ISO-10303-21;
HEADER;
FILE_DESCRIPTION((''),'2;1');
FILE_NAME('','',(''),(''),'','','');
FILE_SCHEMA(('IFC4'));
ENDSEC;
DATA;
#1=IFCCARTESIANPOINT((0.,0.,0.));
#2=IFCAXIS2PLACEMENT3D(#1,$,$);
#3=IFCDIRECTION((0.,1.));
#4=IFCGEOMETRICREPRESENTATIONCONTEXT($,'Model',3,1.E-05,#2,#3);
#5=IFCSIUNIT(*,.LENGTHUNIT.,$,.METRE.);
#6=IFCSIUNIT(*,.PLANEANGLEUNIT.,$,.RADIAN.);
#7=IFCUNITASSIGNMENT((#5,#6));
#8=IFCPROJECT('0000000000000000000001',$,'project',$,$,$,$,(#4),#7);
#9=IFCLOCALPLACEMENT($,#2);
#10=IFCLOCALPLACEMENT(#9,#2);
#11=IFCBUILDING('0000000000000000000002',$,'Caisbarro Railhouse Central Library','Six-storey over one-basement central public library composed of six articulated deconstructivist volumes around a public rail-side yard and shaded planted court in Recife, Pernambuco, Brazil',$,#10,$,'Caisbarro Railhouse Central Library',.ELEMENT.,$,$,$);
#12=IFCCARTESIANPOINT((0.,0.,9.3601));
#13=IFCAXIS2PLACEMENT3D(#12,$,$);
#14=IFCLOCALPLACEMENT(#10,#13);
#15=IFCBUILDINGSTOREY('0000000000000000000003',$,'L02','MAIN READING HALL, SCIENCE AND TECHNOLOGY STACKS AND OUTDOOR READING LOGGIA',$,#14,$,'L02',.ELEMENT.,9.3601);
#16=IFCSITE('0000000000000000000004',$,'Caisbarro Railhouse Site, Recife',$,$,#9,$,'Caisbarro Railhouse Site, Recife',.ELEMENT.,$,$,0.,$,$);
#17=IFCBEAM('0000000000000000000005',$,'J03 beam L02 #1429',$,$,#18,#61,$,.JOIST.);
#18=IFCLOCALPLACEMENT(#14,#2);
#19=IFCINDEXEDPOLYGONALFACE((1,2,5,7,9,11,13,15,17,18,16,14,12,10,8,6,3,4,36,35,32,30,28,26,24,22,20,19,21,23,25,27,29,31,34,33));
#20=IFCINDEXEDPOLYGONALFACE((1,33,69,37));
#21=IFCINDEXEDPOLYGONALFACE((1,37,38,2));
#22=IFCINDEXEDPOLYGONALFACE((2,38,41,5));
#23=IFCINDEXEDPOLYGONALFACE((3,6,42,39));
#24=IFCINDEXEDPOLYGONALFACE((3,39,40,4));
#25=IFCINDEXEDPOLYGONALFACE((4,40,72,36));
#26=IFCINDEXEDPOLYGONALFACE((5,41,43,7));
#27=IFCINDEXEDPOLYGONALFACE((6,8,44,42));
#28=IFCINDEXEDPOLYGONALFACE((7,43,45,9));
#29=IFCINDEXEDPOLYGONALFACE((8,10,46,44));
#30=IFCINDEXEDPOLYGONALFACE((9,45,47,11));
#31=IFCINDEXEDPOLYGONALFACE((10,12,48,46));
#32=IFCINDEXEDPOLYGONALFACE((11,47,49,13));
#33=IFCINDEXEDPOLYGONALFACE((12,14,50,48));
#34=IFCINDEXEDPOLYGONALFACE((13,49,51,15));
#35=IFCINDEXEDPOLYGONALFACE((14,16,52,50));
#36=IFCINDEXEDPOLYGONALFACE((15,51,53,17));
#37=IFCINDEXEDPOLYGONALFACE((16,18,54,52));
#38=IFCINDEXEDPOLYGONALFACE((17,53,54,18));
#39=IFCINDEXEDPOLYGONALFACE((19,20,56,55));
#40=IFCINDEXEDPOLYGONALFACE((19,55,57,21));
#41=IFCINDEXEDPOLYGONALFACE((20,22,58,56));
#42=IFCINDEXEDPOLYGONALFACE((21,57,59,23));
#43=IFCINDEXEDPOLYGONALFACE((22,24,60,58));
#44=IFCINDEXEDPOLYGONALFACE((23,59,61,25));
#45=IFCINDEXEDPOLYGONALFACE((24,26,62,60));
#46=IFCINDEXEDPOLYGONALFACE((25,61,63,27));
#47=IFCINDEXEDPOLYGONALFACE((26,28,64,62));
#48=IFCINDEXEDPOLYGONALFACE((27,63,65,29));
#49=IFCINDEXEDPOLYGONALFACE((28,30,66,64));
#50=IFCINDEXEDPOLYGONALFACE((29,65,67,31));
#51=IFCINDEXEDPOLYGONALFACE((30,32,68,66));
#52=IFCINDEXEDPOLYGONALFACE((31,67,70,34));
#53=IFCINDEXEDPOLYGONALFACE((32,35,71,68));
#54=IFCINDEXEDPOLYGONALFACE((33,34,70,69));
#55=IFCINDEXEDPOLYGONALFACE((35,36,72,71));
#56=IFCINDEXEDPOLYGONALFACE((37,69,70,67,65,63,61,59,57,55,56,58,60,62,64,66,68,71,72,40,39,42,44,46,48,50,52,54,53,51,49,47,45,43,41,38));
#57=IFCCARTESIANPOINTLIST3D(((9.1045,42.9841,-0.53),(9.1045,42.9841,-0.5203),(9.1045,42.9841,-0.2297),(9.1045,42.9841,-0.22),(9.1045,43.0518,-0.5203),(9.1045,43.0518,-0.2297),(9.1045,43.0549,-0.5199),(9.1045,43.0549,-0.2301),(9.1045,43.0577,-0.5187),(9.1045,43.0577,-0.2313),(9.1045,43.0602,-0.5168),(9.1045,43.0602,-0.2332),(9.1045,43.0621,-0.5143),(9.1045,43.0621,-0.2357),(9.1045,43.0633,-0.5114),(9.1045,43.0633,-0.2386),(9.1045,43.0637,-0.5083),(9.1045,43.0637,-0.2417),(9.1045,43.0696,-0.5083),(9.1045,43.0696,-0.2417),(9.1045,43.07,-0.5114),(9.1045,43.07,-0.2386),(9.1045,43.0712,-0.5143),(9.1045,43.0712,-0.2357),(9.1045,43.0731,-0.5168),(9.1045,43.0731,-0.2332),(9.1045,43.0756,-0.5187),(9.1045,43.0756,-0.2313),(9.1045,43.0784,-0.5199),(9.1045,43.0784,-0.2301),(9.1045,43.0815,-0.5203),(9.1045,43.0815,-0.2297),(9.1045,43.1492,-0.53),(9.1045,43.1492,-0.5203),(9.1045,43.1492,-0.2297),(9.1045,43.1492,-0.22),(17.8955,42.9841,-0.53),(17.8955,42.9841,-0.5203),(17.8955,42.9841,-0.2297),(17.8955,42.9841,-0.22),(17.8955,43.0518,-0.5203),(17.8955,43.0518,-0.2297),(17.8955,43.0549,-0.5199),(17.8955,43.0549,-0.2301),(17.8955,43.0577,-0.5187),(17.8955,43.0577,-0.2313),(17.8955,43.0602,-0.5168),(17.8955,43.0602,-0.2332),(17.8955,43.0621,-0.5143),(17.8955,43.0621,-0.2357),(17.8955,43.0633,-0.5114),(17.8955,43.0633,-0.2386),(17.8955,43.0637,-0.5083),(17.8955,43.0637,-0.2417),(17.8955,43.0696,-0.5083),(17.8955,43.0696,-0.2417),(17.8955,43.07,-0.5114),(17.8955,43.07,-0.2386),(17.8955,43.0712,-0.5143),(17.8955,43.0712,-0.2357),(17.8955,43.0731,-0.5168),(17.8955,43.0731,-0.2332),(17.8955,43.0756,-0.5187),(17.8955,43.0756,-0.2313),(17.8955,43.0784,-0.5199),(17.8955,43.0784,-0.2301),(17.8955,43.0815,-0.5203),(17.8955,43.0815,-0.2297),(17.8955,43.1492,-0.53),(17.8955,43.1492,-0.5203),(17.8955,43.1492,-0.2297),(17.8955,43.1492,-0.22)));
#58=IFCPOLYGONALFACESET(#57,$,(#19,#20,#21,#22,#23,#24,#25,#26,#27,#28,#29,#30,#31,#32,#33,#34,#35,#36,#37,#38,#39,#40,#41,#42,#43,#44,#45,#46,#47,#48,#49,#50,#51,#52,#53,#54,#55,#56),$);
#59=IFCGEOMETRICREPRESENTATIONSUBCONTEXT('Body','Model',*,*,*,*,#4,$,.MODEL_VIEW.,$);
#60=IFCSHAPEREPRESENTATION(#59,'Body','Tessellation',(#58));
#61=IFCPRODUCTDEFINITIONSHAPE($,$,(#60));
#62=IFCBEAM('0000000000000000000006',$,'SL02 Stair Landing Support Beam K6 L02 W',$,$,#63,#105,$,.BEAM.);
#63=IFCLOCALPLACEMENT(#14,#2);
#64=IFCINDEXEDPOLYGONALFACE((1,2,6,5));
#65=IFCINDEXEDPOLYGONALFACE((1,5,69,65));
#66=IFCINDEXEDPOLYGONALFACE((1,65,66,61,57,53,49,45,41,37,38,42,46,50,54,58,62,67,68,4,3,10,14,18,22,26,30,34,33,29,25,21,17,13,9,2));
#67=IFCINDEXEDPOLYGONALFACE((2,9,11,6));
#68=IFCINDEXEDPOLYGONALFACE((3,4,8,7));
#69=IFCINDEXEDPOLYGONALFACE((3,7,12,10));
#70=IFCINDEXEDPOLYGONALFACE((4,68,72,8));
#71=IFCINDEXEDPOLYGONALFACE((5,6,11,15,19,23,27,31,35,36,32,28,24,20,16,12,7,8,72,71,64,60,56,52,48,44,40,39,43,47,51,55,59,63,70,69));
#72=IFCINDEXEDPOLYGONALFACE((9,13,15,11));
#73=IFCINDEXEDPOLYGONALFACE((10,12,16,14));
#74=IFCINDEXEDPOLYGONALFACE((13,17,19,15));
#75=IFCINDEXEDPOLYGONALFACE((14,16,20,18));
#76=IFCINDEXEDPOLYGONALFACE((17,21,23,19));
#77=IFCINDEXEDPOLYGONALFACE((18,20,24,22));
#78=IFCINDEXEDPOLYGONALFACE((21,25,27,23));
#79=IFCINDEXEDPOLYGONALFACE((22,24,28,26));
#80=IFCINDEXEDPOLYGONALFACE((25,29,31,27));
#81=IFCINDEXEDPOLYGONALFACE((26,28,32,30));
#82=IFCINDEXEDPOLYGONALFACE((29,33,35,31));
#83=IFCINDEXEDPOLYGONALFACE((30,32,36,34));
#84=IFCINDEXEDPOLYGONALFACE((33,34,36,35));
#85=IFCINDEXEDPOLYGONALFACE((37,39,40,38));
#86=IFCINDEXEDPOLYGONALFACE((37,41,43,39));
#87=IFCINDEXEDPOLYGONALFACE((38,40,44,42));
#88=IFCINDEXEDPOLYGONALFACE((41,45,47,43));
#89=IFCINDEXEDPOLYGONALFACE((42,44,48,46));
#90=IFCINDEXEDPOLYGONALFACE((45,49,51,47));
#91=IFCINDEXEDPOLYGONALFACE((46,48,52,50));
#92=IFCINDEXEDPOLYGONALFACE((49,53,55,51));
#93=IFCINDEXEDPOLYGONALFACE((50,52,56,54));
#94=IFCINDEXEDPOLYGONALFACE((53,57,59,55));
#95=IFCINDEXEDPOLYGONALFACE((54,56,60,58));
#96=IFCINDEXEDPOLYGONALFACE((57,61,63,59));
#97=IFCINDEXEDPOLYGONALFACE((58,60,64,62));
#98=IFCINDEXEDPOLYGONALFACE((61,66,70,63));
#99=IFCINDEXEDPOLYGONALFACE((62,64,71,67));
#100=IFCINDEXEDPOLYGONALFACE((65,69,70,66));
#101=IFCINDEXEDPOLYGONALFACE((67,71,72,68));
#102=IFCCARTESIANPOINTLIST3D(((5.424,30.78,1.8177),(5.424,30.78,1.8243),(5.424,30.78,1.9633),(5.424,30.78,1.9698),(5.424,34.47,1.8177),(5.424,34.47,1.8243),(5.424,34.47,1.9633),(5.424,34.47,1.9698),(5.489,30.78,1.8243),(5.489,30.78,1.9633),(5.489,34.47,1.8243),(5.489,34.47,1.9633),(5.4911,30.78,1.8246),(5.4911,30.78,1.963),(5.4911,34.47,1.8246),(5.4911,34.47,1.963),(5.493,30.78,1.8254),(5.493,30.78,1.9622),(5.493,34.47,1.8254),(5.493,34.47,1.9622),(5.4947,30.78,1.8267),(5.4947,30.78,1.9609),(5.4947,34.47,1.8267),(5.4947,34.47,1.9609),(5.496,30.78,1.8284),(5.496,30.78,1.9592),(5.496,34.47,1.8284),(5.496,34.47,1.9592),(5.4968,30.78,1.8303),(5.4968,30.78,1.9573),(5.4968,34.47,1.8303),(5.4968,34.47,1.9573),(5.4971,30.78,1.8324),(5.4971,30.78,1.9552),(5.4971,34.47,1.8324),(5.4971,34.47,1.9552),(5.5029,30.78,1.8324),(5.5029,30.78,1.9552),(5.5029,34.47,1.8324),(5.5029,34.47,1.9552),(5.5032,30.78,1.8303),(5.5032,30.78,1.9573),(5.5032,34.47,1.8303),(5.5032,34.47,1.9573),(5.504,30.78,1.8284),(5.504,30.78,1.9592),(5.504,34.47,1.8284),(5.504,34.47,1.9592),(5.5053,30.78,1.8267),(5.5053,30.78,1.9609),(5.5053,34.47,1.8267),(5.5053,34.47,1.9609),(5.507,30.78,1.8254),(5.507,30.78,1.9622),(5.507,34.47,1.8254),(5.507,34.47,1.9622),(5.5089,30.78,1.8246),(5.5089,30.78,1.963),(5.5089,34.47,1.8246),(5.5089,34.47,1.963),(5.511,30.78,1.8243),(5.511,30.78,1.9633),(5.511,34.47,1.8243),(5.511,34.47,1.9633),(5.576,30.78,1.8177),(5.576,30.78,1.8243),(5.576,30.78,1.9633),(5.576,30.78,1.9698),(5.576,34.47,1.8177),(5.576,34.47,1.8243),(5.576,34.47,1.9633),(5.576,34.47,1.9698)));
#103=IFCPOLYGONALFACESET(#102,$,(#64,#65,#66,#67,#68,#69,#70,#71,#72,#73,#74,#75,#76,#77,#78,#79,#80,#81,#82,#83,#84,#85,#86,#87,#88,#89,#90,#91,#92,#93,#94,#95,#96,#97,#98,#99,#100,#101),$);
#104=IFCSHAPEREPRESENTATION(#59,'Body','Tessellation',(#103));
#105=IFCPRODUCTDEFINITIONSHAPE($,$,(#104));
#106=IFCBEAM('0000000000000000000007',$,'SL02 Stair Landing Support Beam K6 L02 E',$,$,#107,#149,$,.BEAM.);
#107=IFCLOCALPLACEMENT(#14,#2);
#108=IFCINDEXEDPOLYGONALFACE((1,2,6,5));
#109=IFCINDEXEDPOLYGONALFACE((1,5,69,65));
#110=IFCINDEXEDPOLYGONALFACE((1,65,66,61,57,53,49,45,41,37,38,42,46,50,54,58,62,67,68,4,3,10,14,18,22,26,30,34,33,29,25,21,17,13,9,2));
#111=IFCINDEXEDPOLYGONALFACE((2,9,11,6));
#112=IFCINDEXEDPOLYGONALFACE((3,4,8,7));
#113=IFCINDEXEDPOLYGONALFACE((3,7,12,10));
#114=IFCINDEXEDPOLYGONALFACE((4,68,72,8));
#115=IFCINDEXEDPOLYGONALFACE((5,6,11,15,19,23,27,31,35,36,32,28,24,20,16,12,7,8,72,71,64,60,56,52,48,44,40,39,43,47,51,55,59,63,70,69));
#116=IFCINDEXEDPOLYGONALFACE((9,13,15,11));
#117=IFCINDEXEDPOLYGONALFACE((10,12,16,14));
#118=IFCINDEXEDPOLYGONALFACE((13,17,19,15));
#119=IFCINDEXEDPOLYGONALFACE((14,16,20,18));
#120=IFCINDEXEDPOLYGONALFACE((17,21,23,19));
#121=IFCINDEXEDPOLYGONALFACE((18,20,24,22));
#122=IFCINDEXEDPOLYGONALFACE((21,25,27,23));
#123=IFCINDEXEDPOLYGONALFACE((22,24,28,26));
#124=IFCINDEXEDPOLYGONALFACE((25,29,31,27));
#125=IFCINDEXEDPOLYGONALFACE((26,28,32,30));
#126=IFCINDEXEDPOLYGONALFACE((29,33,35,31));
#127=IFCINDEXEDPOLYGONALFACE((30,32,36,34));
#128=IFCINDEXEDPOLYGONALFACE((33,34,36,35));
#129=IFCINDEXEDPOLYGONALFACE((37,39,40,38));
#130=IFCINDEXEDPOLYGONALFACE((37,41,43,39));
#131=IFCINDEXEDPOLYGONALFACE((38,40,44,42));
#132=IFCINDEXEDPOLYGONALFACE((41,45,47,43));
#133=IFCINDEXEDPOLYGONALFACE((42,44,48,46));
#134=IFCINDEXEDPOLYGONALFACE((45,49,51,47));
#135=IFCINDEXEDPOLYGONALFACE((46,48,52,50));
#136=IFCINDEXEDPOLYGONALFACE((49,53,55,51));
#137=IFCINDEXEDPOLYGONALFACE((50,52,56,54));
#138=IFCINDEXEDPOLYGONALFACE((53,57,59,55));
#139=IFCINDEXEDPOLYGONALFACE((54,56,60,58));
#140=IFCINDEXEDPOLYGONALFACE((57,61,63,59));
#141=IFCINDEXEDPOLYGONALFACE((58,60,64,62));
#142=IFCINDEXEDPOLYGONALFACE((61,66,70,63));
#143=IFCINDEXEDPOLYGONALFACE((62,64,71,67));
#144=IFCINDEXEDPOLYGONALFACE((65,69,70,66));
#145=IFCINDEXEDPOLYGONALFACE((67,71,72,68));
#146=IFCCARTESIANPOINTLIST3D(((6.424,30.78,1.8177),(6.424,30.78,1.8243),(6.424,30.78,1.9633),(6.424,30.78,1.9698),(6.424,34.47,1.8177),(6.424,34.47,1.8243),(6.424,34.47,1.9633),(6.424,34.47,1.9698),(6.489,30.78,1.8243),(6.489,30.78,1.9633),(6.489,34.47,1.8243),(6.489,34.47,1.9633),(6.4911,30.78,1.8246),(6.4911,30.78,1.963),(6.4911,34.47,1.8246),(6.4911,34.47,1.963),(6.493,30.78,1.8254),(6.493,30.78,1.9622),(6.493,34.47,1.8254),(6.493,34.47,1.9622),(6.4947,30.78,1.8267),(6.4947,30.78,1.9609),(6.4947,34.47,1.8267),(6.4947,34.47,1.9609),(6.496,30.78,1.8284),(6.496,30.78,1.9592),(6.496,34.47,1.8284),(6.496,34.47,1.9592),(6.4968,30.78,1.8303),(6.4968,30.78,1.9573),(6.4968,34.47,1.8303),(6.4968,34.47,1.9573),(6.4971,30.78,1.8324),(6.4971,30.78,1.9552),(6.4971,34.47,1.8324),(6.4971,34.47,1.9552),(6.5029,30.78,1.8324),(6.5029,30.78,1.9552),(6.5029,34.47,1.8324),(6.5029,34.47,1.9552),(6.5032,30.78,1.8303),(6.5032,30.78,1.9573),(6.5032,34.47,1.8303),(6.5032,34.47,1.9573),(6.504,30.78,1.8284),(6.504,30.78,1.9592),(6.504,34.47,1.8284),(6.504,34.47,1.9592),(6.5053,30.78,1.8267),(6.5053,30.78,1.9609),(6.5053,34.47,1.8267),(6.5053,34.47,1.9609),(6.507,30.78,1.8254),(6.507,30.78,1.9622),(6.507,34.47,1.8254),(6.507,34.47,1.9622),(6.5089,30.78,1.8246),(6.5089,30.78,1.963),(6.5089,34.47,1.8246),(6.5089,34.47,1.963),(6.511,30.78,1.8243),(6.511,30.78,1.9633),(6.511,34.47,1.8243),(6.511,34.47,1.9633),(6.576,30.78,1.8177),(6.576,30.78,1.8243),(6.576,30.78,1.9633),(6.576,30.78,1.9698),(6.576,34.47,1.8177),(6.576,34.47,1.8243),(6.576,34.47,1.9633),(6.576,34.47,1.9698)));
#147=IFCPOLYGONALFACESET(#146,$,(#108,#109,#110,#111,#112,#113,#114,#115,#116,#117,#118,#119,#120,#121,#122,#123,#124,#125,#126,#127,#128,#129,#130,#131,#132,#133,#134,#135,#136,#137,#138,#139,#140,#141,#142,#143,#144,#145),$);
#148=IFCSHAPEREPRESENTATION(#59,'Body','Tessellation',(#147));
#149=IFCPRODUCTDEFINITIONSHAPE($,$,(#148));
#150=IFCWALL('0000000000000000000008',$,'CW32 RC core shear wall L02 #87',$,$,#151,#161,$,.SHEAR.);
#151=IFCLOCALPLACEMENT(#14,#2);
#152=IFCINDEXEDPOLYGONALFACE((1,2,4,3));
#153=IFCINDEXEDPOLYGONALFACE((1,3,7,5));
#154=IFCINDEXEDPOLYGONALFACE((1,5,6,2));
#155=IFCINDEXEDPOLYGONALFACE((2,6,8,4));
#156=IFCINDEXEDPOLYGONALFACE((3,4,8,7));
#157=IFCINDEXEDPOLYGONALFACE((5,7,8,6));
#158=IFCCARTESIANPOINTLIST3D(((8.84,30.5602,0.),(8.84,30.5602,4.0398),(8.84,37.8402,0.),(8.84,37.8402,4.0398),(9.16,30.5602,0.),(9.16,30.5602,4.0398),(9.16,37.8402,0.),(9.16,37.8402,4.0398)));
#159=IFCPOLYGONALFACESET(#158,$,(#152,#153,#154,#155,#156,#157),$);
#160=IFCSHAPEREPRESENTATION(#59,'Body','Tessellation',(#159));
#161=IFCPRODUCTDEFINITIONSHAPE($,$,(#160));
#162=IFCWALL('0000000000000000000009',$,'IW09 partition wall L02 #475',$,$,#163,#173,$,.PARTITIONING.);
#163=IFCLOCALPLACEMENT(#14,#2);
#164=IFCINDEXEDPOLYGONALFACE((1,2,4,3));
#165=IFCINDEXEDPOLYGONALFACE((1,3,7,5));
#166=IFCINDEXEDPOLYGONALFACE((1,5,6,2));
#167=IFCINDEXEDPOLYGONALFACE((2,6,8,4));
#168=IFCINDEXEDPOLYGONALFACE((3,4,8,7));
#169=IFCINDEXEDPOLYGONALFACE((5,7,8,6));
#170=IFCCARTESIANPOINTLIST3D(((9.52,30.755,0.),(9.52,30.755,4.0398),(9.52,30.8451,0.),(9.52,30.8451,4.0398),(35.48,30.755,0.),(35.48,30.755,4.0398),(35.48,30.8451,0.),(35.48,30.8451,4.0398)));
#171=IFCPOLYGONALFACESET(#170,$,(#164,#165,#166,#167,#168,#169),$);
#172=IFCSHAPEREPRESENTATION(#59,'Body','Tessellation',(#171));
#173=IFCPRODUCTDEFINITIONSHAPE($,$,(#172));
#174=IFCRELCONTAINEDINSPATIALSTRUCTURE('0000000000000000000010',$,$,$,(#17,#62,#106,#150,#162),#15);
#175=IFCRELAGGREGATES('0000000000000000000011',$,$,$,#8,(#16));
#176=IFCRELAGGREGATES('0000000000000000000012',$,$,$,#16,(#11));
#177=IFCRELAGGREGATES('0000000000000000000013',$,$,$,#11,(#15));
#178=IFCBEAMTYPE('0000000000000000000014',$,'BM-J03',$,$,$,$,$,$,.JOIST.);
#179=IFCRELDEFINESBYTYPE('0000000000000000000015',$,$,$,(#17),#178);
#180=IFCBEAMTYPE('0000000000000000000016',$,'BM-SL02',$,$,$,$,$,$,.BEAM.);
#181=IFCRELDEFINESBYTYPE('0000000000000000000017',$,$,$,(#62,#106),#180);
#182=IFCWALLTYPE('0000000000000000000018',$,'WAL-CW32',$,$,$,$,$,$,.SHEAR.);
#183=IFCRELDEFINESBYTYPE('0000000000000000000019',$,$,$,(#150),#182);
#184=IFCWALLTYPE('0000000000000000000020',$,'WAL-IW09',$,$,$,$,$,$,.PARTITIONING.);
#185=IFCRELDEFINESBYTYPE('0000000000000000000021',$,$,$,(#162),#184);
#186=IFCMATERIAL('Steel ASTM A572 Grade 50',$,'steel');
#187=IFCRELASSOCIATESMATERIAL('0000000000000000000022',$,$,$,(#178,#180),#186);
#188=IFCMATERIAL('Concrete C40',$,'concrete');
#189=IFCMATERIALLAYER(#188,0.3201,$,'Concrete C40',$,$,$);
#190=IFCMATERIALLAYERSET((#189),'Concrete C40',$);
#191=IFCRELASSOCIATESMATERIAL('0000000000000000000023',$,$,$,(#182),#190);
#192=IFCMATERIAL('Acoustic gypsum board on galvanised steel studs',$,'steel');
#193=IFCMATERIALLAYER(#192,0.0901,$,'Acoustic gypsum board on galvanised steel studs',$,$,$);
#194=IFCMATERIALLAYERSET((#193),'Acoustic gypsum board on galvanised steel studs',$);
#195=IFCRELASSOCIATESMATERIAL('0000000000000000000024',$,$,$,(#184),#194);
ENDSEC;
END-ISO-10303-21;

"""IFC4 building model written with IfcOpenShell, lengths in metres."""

from ifc_helpers import new_model, si_unit, direction, frame, frame_2d, origin, origin_2d, place, context, subcontext, project, spatial, rectangle, i_section, extrude, material, layer, layer_set, material_profile, profile_set, type_object, element, save


model = new_model("IFC4")

# Units and contexts
model_context = context("Model", 3, precision=1e-05, world=origin(), true_north=direction((0.0, 1.0)))
body_context = subcontext(model_context, "Body", "Model", "MODEL_VIEW")
ifc_project = project(units=[si_unit("LENGTHUNIT", "METRE"), si_unit("PLANEANGLEUNIT", "RADIAN")], contexts=[model_context])

# Site, building, storey
site_placement = place(None, origin())
site = spatial("IfcSite", under=ifc_project, at=site_placement, Name="Caisbarro Railhouse Site, Recife", LongName="Caisbarro Railhouse Site, Recife", CompositionType="ELEMENT", RefElevation=0.0)
building_placement = place(site_placement, origin())
building = spatial("IfcBuilding", under=site, at=building_placement, Name="Caisbarro Railhouse Central Library", Description="Six-storey over one-basement central public library composed of six articulated deconstructivist volumes around a public rail-side yard and shaded planted court in Recife, Pernambuco, Brazil", LongName="Caisbarro Railhouse Central Library", CompositionType="ELEMENT")
storey_placement = place(building_placement, frame((0.0, 0.0, 9.3601)))
storey = spatial("IfcBuildingStorey", under=building, at=storey_placement, Name="L02", Description="MAIN READING HALL, SCIENCE AND TECHNOLOGY STACKS AND OUTDOOR READING LOGGIA", LongName="L02", CompositionType="ELEMENT", Elevation=9.3601)

# Shared definitions
ifc_material_1 = material(Name="Steel ASTM A572 Grade 50", Category="steel")

# Beams
ifc_material_profile_1 = material_profile(ifc_material_1, i_section(OverallWidth=0.165, OverallDepth=0.3101, WebThickness=0.0059, FlangeThickness=0.0098, FilletRadius=0.012, at=origin_2d()), Name="W310X38.7")
ifc_profile_set_1 = profile_set([ifc_material_profile_1], Name="Steel ASTM A572 Grade 50")
beam_type_1 = type_object("IfcBeamType", Name="BM-J03", PredefinedType="JOIST", material=ifc_profile_set_1)
for number, where, z_axis, x_axis, name in (
    (1, (9.1045, 43.0667, -0.375), (1.0, 0.0, 0.0), (0.0, 1.0, 0.0), "J03 beam L02 #1429"),
):
    element("IfcBeam", number, at=place(storey_placement, frame(where, z_axis=z_axis, x_axis=x_axis)), inside=storey, type_object=beam_type_1, Name=name, PredefinedType="JOIST", context=body_context, shape_type="SweptSolid", body=[
        extrude(i_section(OverallWidth=0.165, OverallDepth=0.3101, WebThickness=0.0059, FlangeThickness=0.0098, FilletRadius=0.012, at=origin_2d()), origin(), (0.0, 0.0, 1.0), 8.791),
    ])
ifc_material_profile_2 = material_profile(ifc_material_1, i_section(OverallWidth=0.1521, OverallDepth=0.1521, WebThickness=0.0059, FlangeThickness=0.0066, FilletRadius=0.0081, at=origin_2d()), Name="W150X22.5")
ifc_profile_set_2 = profile_set([ifc_material_profile_2], Name="Steel ASTM A572 Grade 50")
beam_type_2 = type_object("IfcBeamType", Name="BM-SL02", PredefinedType="BEAM", material=ifc_profile_set_2)
for number, where, z_axis, x_axis, name in (
    (2, (5.5, 30.78, 1.8938), (0.0, 1.0, 0.0), (-1.0, 0.0, 0.0), "SL02 Stair Landing Support Beam K6 L02 W"),
    (3, (6.5, 30.78, 1.8938), (0.0, 1.0, 0.0), (-1.0, 0.0, 0.0), "SL02 Stair Landing Support Beam K6 L02 E"),
):
    element("IfcBeam", number, at=place(storey_placement, frame(where, z_axis=z_axis, x_axis=x_axis)), inside=storey, type_object=beam_type_2, Name=name, PredefinedType="BEAM", context=body_context, shape_type="SweptSolid", body=[
        extrude(i_section(OverallWidth=0.1521, OverallDepth=0.1521, WebThickness=0.0059, FlangeThickness=0.0066, FilletRadius=0.0081, at=origin_2d()), origin(), (0.0, 0.0, 1.0), 3.6899),
    ])

# Walls
ifc_material_2 = material(Name="Concrete C40", Category="concrete")
ifc_layer_1 = layer(ifc_material_2, 0.3201, Name="Concrete C40")
ifc_layer_set_1 = layer_set([ifc_layer_1], Name="Concrete C40")
wall_type_1 = type_object("IfcWallType", Name="WAL-CW32", PredefinedType="SHEAR", material=ifc_layer_set_1)
wall_1_placement = place(storey_placement, frame((9.0, 30.5601, 0.0), z_axis=(0.0, 0.0, 1.0), x_axis=(0.0, 1.0, 0.0)))
element("IfcWall", 4, at=wall_1_placement, inside=storey, type_object=wall_type_1, Name="CW32 RC core shear wall L02 #87", PredefinedType="SHEAR", context=body_context, shape_type="SweptSolid", body=[
    extrude(rectangle(XDim=7.28, YDim=0.3201, at=frame_2d((3.6401, 0.0))), origin(), (0.0, 0.0, 1.0), 4.0398),
])
ifc_material_3 = material(Name="Acoustic gypsum board on galvanised steel studs", Category="steel")
ifc_layer_2 = layer(ifc_material_3, 0.0901, Name="Acoustic gypsum board on galvanised steel studs")
ifc_layer_set_2 = layer_set([ifc_layer_2], Name="Acoustic gypsum board on galvanised steel studs")
wall_type_2 = type_object("IfcWallType", Name="WAL-IW09", PredefinedType="PARTITIONING", material=ifc_layer_set_2)
wall_2_placement = place(storey_placement, frame((9.52, 30.8, 0.0), z_axis=(0.0, 0.0, 1.0), x_axis=(1.0, 0.0, 0.0)))
element("IfcWall", 5, at=wall_2_placement, inside=storey, type_object=wall_type_2, Name="IW09 partition wall L02 #475", PredefinedType="PARTITIONING", context=body_context, shape_type="SweptSolid", body=[
    extrude(rectangle(XDim=25.96, YDim=0.0901, at=frame_2d((12.98, 0.0))), origin(), (0.0, 0.0, 1.0), 4.0398),
])

save(model, "model.ifc")
